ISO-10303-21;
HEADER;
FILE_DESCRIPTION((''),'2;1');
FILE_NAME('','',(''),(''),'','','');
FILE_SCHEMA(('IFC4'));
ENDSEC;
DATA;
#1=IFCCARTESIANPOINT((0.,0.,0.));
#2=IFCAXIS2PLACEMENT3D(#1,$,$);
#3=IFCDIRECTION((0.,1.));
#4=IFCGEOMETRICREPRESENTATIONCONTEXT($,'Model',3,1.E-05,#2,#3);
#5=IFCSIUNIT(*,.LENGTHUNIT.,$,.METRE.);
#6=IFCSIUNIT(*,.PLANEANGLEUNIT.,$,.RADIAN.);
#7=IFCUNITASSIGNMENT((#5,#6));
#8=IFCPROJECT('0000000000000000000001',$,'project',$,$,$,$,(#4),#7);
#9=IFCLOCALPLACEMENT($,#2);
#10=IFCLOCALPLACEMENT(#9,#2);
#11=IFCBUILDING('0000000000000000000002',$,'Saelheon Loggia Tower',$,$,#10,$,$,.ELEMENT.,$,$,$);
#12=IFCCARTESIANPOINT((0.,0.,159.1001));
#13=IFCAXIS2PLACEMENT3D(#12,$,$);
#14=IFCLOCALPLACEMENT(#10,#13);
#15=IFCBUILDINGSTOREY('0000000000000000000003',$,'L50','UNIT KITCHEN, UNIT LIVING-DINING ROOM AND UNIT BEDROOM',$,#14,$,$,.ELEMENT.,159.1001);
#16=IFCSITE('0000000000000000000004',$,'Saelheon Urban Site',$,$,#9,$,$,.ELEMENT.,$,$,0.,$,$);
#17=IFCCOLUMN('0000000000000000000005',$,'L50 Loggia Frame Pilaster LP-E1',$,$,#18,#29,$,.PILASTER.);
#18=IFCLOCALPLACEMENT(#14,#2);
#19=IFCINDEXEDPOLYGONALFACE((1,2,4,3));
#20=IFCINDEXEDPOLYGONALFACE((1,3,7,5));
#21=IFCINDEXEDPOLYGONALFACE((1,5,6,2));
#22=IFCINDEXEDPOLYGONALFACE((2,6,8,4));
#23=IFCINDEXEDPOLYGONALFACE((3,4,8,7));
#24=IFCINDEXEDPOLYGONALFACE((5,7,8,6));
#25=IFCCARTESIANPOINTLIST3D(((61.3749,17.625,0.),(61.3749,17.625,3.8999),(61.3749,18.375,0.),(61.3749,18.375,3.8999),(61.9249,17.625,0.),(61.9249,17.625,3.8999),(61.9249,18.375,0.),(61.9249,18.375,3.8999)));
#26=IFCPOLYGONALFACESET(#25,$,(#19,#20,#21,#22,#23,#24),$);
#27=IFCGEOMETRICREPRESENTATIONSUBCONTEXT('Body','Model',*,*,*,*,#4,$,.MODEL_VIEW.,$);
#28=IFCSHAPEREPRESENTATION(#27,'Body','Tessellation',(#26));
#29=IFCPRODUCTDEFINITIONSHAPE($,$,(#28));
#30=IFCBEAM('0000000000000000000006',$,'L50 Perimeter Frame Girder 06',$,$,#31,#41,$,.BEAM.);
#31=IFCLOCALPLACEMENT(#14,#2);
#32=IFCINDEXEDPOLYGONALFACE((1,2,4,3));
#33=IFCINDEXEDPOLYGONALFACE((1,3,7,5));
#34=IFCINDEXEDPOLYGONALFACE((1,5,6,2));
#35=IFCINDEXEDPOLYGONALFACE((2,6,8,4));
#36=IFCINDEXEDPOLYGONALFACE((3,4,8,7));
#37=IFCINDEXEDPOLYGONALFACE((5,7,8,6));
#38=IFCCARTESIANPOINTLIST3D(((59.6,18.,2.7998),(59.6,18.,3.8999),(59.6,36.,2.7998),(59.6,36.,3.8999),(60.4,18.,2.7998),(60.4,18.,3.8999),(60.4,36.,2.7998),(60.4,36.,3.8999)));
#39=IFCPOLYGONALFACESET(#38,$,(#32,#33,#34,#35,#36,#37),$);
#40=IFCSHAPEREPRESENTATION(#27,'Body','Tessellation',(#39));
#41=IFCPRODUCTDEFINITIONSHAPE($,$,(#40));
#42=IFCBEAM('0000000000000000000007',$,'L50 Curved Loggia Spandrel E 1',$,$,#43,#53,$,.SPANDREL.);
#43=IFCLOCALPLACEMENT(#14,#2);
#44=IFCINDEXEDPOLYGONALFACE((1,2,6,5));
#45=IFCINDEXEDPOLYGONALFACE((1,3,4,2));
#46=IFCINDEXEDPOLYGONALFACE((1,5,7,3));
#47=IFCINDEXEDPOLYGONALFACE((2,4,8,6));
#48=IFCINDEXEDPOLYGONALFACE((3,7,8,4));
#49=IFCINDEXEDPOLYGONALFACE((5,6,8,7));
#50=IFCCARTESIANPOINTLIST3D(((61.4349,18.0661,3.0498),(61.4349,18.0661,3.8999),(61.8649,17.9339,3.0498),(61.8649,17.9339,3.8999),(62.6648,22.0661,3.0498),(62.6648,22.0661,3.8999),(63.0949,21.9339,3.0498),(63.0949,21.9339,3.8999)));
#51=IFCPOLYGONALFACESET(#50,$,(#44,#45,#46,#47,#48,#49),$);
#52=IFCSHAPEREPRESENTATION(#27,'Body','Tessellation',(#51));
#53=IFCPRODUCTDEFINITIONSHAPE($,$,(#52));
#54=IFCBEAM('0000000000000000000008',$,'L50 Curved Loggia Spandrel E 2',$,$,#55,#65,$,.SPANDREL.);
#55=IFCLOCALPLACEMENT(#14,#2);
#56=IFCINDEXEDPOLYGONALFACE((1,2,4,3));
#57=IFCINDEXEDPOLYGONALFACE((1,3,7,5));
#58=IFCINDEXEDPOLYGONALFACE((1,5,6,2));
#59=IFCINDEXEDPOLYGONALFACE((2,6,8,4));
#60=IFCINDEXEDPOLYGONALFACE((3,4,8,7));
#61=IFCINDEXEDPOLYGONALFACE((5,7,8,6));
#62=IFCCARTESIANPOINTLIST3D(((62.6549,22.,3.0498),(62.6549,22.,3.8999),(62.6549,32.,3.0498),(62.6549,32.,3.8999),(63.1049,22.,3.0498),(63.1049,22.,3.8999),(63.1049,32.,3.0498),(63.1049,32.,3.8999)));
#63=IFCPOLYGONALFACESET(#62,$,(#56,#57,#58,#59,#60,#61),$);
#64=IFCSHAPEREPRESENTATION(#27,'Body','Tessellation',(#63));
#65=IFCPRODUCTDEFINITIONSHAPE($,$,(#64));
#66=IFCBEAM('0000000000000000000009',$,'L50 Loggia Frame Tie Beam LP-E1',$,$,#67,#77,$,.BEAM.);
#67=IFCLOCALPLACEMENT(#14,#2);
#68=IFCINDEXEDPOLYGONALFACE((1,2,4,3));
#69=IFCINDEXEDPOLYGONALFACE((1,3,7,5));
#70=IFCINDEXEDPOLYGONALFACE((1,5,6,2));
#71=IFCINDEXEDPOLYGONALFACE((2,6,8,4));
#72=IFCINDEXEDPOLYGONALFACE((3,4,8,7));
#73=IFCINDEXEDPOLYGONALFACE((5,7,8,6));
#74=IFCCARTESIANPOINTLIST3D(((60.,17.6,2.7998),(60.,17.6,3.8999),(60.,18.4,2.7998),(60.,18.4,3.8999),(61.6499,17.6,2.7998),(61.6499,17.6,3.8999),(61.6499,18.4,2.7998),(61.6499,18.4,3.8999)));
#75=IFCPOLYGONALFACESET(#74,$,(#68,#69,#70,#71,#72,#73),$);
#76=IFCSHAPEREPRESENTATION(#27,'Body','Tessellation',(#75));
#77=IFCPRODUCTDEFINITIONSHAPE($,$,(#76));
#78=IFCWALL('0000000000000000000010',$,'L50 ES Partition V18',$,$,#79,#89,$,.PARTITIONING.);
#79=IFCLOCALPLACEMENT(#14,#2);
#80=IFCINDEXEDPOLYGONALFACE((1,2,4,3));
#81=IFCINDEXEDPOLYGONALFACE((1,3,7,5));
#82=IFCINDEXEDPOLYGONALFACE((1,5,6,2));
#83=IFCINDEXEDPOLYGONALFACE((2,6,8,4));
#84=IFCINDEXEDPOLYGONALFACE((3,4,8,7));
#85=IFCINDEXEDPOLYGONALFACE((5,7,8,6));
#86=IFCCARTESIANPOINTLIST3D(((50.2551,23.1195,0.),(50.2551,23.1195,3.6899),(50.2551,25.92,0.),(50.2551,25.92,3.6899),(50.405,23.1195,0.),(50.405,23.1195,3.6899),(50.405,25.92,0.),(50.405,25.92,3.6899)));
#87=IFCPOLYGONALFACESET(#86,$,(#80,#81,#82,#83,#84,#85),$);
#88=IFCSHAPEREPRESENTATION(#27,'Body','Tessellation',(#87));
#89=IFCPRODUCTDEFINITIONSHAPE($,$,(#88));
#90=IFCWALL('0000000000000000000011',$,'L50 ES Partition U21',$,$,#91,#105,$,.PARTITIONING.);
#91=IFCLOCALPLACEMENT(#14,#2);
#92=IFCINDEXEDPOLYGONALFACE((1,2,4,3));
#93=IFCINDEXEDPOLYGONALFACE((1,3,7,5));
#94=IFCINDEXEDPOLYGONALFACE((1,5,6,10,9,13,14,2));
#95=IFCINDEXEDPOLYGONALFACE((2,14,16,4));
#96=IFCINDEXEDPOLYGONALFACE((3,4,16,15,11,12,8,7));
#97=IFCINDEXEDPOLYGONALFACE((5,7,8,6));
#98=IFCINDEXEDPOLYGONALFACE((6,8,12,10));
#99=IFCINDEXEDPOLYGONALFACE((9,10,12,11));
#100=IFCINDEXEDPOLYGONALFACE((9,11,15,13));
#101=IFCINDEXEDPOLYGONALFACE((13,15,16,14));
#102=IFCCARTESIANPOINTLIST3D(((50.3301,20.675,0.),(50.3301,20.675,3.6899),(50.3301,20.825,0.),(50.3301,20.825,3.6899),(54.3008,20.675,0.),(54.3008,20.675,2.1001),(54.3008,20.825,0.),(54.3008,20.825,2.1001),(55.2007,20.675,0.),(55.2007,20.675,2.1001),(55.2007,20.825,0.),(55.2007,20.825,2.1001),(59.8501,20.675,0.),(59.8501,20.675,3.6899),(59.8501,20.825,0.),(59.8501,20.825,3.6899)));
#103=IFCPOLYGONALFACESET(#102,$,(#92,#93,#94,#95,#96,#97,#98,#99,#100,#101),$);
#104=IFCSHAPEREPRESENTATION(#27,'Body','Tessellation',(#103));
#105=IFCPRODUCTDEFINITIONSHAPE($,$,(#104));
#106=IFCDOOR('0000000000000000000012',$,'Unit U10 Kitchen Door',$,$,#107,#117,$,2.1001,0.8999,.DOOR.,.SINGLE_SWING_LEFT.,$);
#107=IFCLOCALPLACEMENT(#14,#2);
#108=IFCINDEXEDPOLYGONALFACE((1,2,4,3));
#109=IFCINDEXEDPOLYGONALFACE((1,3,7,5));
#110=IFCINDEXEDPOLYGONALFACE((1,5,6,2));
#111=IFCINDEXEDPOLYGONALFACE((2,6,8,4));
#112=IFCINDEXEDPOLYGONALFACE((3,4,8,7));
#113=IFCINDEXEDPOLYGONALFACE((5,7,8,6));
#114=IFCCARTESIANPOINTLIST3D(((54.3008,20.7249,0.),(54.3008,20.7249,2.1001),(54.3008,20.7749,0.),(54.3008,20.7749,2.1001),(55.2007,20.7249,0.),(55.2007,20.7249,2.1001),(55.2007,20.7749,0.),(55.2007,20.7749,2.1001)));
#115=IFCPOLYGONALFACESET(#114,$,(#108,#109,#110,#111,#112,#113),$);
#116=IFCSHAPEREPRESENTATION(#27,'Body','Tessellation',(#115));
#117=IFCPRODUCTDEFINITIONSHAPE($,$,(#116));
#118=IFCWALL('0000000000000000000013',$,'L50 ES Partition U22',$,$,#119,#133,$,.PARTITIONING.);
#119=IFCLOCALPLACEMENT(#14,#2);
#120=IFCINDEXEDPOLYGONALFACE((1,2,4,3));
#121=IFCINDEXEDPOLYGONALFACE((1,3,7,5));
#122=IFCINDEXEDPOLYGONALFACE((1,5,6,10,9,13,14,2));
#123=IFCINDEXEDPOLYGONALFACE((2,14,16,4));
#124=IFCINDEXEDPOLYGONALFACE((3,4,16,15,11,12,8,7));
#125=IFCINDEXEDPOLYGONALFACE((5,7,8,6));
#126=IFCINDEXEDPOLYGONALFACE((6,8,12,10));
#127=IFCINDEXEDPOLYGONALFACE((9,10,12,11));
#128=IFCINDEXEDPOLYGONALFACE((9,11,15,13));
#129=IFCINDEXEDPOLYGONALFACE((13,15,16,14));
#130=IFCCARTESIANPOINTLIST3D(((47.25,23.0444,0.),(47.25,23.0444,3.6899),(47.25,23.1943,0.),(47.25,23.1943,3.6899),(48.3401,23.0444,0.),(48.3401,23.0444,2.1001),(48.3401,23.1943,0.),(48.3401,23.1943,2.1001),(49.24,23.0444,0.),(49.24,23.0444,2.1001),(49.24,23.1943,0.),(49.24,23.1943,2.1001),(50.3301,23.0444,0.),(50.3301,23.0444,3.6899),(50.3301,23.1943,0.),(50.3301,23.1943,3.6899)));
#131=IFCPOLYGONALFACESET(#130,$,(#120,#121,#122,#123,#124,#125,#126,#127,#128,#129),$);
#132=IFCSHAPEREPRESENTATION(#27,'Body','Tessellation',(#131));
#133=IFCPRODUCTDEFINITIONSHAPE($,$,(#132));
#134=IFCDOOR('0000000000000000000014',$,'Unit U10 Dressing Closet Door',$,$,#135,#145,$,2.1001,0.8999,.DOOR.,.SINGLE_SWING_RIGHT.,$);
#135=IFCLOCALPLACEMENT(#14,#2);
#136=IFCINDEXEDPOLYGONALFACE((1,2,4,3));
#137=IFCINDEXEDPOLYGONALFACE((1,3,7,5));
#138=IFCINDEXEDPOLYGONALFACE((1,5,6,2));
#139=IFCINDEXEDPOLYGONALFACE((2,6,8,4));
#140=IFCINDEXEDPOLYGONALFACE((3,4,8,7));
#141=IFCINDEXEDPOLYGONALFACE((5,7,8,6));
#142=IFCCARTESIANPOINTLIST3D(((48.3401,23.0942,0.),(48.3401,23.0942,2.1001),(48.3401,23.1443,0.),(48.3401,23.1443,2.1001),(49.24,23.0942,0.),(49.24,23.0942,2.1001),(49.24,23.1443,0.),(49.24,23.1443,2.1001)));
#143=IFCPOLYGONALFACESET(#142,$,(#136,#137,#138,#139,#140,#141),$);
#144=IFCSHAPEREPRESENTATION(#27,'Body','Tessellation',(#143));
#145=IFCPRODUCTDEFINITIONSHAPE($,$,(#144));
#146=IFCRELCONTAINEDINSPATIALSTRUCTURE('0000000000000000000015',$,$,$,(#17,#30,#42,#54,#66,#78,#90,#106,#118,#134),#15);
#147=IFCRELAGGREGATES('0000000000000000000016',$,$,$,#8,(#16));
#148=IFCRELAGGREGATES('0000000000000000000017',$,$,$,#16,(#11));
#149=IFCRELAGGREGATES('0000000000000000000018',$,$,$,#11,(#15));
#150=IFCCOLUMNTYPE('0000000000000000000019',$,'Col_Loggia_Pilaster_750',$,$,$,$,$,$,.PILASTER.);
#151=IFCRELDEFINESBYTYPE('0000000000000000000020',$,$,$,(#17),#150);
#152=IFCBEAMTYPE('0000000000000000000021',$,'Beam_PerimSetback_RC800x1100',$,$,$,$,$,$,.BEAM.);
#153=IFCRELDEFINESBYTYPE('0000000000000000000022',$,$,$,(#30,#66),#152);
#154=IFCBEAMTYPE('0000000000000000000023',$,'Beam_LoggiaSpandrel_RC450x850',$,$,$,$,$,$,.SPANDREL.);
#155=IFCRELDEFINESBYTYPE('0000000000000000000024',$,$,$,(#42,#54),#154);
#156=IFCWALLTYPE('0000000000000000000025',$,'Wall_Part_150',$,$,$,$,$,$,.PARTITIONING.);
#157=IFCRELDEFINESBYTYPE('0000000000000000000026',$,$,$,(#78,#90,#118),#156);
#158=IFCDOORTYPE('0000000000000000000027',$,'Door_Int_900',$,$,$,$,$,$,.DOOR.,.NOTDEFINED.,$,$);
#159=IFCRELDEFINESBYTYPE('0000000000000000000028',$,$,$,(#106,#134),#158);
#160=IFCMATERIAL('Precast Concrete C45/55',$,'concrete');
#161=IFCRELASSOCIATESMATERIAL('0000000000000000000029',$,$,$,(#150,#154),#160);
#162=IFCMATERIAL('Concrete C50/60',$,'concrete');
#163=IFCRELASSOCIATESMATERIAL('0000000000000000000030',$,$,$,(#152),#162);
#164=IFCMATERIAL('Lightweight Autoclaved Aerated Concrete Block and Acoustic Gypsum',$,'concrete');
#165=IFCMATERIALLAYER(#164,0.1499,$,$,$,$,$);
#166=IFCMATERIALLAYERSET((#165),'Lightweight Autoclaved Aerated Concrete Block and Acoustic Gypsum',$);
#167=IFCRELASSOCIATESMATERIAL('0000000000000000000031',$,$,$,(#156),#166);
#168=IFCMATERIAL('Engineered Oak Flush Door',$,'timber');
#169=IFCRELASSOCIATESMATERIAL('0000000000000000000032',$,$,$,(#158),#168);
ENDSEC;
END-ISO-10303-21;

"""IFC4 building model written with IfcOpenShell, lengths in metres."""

from ifc_helpers import new_model, si_unit, direction, frame, frame_2d, origin, origin_2d, place, context, subcontext, project, spatial, rectangle, extrude, source, transform, mapped, material, layer, layer_set, material_profile, profile_set, type_object, element, fill, save


model = new_model("IFC4")

# Units and contexts
model_context = context("Model", 3, precision=1e-05, world=origin(), true_north=direction((0.0, 1.0)))
body_context = subcontext(model_context, "Body", "Model", "MODEL_VIEW")
ifc_project = project(units=[si_unit("LENGTHUNIT", "METRE"), si_unit("PLANEANGLEUNIT", "RADIAN")], contexts=[model_context])

# Site, building, storey
site_placement = place(None, origin())
site = spatial("IfcSite", under=ifc_project, at=site_placement, Name="Saelheon Urban Site", CompositionType="ELEMENT", RefElevation=0.0)
building_placement = place(site_placement, origin())
building = spatial("IfcBuilding", under=site, at=building_placement, Name="Saelheon Loggia Tower", CompositionType="ELEMENT")
storey_placement = place(building_placement, frame((0.0, 0.0, 159.1001)))
storey = spatial("IfcBuildingStorey", under=building, at=storey_placement, Name="L50", Description="UNIT KITCHEN, UNIT LIVING-DINING ROOM AND UNIT BEDROOM", CompositionType="ELEMENT", Elevation=159.1001)

# Column
ifc_material_1 = material(Name="Precast Concrete C45/55", Category="concrete")
ifc_material_profile_1 = material_profile(ifc_material_1, rectangle(XDim=0.55, YDim=0.75, at=origin_2d()), Name="RC-550x750")
ifc_profile_set_1 = profile_set([ifc_material_profile_1], Name="Precast Concrete C45/55")
column_type = type_object("IfcColumnType", Name="Col_Loggia_Pilaster_750", PredefinedType="PILASTER", material=ifc_profile_set_1)
shared_shape_1 = source(origin(), body_context, "Body", "SweptSolid", [
    extrude(rectangle(XDim=0.55, YDim=0.75, at=origin_2d()), origin(), (0.0, 0.0, 1.0), 3.8999),
])
column_placement = place(storey_placement, frame((61.6499, 18.0, 0.0), z_axis=(0.0, 0.0, 1.0), x_axis=(1.0, 0.0, 0.0)))
element("IfcColumn", 1, at=column_placement, inside=storey, type_object=column_type, Name="L50 Loggia Frame Pilaster LP-E1", PredefinedType="PILASTER", context=body_context, shape_type="MappedRepresentation", body=[
    mapped(shared_shape_1, transform((0.0, 0.0, 0.0), scale=1.0)),
])

# Beams
ifc_material_2 = material(Name="Concrete C50/60", Category="concrete")
ifc_material_profile_2 = material_profile(ifc_material_2, rectangle(XDim=0.8, YDim=1.1001, at=origin_2d()), Name="RC-800x1100")
ifc_profile_set_2 = profile_set([ifc_material_profile_2], Name="Concrete C50/60")
beam_type_1 = type_object("IfcBeamType", Name="Beam_PerimSetback_RC800x1100", PredefinedType="BEAM", material=ifc_profile_set_2)
shared_shape_2 = source(origin(), body_context, "Body", "SweptSolid", [
    extrude(rectangle(XDim=0.8, YDim=1.1001, at=origin_2d()), origin(), (0.0, 0.0, 1.0), 18.0),
])
beam_1_placement = place(storey_placement, frame((60.0, 18.0, 3.3499), z_axis=(0.0, 1.0, 0.0), x_axis=(-1.0, 0.0, 0.0)))
element("IfcBeam", 2, at=beam_1_placement, inside=storey, type_object=beam_type_1, Name="L50 Perimeter Frame Girder 06", PredefinedType="BEAM", context=body_context, shape_type="MappedRepresentation", body=[
    mapped(shared_shape_2, transform((0.0, 0.0, 0.0), scale=1.0)),
])
ifc_material_profile_3 = material_profile(ifc_material_1, rectangle(XDim=0.45, YDim=0.8501, at=origin_2d()), Name="RC-450x850")
ifc_profile_set_3 = profile_set([ifc_material_profile_3], Name="Precast Concrete C45/55")
beam_type_2 = type_object("IfcBeamType", Name="Beam_LoggiaSpandrel_RC450x850", PredefinedType="SPANDREL", material=ifc_profile_set_3)
shared_shape_3 = source(origin(), body_context, "Body", "SweptSolid", [
    extrude(rectangle(XDim=0.45, YDim=0.8501, at=origin_2d()), origin(), (0.0, 0.0, 1.0), 4.1848),
])
beam_2_placement = place(storey_placement, frame((61.6499, 18.0, 3.4749), z_axis=(0.293914, 0.955832, 0.0), x_axis=(-0.955832, 0.293914, 0.0)))
element("IfcBeam", 3, at=beam_2_placement, inside=storey, type_object=beam_type_2, Name="L50 Curved Loggia Spandrel E 1", PredefinedType="SPANDREL", context=body_context, shape_type="MappedRepresentation", body=[
    mapped(shared_shape_3, transform((0.0, 0.0, 0.0), scale=1.0)),
])
shared_shape_4 = source(origin(), body_context, "Body", "SweptSolid", [
    extrude(rectangle(XDim=0.45, YDim=0.8501, at=origin_2d()), origin(), (0.0, 0.0, 1.0), 10.0),
])
beam_3_placement = place(storey_placement, frame((62.8799, 22.0, 3.4749), z_axis=(0.0, 1.0, 0.0), x_axis=(-1.0, 0.0, 0.0)))
element("IfcBeam", 4, at=beam_3_placement, inside=storey, type_object=beam_type_2, Name="L50 Curved Loggia Spandrel E 2", PredefinedType="SPANDREL", context=body_context, shape_type="MappedRepresentation", body=[
    mapped(shared_shape_4, transform((0.0, 0.0, 0.0), scale=1.0)),
])
shared_shape_5 = source(origin(), body_context, "Body", "SweptSolid", [
    extrude(rectangle(XDim=0.8, YDim=1.1001, at=origin_2d()), origin(), (0.0, 0.0, 1.0), 1.6499),
])
beam_4_placement = place(storey_placement, frame((60.0, 18.0, 3.3499), z_axis=(1.0, 0.0, 0.0), x_axis=(0.0, 1.0, 0.0)))
element("IfcBeam", 5, at=beam_4_placement, inside=storey, type_object=beam_type_1, Name="L50 Loggia Frame Tie Beam LP-E1", PredefinedType="BEAM", context=body_context, shape_type="MappedRepresentation", body=[
    mapped(shared_shape_5, transform((0.0, 0.0, 0.0), scale=1.0)),
])

# Wall
ifc_material_3 = material(Name="Lightweight Autoclaved Aerated Concrete Block and Acoustic Gypsum", Category="concrete")
ifc_layer_1 = layer(ifc_material_3, 0.1499)
ifc_layer_set_1 = layer_set([ifc_layer_1], Name="Lightweight Autoclaved Aerated Concrete Block and Acoustic Gypsum")
wall_type_1 = type_object("IfcWallType", Name="Wall_Part_150", PredefinedType="PARTITIONING", material=ifc_layer_set_1)
wall_1_placement = place(storey_placement, frame((50.3301, 23.1194, 0.0), z_axis=(0.0, 0.0, 1.0), x_axis=(0.0, 1.0, 0.0)))
element("IfcWall", 6, at=wall_1_placement, inside=storey, type_object=wall_type_1, Name="L50 ES Partition V18", PredefinedType="PARTITIONING", context=body_context, shape_type="SweptSolid", body=[
    extrude(rectangle(XDim=2.8005, YDim=0.1499, at=frame_2d((1.4004, 0.0))), origin(), (0.0, 0.0, 1.0), 3.6899),
])

# Walls, openings, doors
wall_2_placement = place(storey_placement, frame((50.3301, 20.75, 0.0), z_axis=(0.0, 0.0, 1.0), x_axis=(1.0, 0.0, 0.0)))
wall_2 = element("IfcWall", 7, at=wall_2_placement, inside=storey, type_object=wall_type_1, Name="L50 ES Partition U21", PredefinedType="PARTITIONING", context=body_context, shape_type="SweptSolid", body=[
    extrude(rectangle(XDim=9.52, YDim=0.1499, at=frame_2d((4.76, 0.0))), origin(), (0.0, 0.0, 1.0), 3.6899),
])
opening_1_placement = place(wall_2_placement, frame((3.9707, 0.0, 0.0)))
opening_1 = element("IfcOpeningElement", 8, at=opening_1_placement, cuts=wall_2, PredefinedType="OPENING", context=body_context, shape_type="SweptSolid", body=[
    extrude(rectangle(XDim=0.8999, YDim=2.1001, at=frame_2d((0.45, 1.05))), frame((0.0, 0.0869, 0.0), z_axis=(0.0, -1.0, 0.0), x_axis=(1.0, 0.0, 0.0)), (0.0, 0.0, 1.0), 0.1738),
])
ifc_material_4 = material(Name="Engineered Oak Flush Door", Category="timber")
door_type_1 = type_object("IfcDoorType", Name="Door_Int_900", OperationType="NOTDEFINED", PredefinedType="DOOR", material=ifc_material_4)
shared_shape_6 = source(origin(), body_context, "Body", "SweptSolid", [
    extrude(rectangle(XDim=0.8999, YDim=2.1001, at=frame_2d((0.45, 1.05))), frame((0.0, 0.0249, 0.0), z_axis=(0.0, -1.0, 0.0), x_axis=(1.0, 0.0, 0.0)), (0.0, 0.0, 1.0), 0.05),
])
door_1_placement = place(opening_1_placement, origin())
door_1 = element("IfcDoor", 9, at=door_1_placement, inside=storey, type_object=door_type_1, Name="Unit U10 Kitchen Door", OperationType="SINGLE_SWING_LEFT", OverallHeight=2.1001, OverallWidth=0.8999, PredefinedType="DOOR", context=body_context, shape_type="MappedRepresentation", body=[
    mapped(shared_shape_6, transform((0.0, 0.0, 0.0), scale=1.0)),
])
fill(opening_1, door_1)
wall_3_placement = place(storey_placement, frame((47.25, 23.1194, 0.0), z_axis=(0.0, 0.0, 1.0), x_axis=(1.0, 0.0, 0.0)))
wall_3 = element("IfcWall", 10, at=wall_3_placement, inside=storey, type_object=wall_type_1, Name="L50 ES Partition U22", PredefinedType="PARTITIONING", context=body_context, shape_type="SweptSolid", body=[
    extrude(rectangle(XDim=3.0801, YDim=0.1499, at=frame_2d((1.54, 0.0))), origin(), (0.0, 0.0, 1.0), 3.6899),
])
opening_2_placement = place(wall_3_placement, frame((1.0901, 0.0, 0.0)))
opening_2 = element("IfcOpeningElement", 11, at=opening_2_placement, cuts=wall_3, PredefinedType="OPENING", context=body_context, shape_type="SweptSolid", body=[
    extrude(rectangle(XDim=0.8999, YDim=2.1001, at=frame_2d((0.45, 1.05))), frame((0.0, 0.0869, 0.0), z_axis=(0.0, -1.0, 0.0), x_axis=(1.0, 0.0, 0.0)), (0.0, 0.0, 1.0), 0.1738),
])
door_2_placement = place(opening_2_placement, origin())
door_2 = element("IfcDoor", 12, at=door_2_placement, inside=storey, type_object=door_type_1, Name="Unit U10 Dressing Closet Door", OperationType="SINGLE_SWING_RIGHT", OverallHeight=2.1001, OverallWidth=0.8999, PredefinedType="DOOR", context=body_context, shape_type="MappedRepresentation", body=[
    mapped(shared_shape_6, transform((0.0, 0.0, 0.0), scale=1.0)),
])
fill(opening_2, door_2)

save(model, "model.ifc")
